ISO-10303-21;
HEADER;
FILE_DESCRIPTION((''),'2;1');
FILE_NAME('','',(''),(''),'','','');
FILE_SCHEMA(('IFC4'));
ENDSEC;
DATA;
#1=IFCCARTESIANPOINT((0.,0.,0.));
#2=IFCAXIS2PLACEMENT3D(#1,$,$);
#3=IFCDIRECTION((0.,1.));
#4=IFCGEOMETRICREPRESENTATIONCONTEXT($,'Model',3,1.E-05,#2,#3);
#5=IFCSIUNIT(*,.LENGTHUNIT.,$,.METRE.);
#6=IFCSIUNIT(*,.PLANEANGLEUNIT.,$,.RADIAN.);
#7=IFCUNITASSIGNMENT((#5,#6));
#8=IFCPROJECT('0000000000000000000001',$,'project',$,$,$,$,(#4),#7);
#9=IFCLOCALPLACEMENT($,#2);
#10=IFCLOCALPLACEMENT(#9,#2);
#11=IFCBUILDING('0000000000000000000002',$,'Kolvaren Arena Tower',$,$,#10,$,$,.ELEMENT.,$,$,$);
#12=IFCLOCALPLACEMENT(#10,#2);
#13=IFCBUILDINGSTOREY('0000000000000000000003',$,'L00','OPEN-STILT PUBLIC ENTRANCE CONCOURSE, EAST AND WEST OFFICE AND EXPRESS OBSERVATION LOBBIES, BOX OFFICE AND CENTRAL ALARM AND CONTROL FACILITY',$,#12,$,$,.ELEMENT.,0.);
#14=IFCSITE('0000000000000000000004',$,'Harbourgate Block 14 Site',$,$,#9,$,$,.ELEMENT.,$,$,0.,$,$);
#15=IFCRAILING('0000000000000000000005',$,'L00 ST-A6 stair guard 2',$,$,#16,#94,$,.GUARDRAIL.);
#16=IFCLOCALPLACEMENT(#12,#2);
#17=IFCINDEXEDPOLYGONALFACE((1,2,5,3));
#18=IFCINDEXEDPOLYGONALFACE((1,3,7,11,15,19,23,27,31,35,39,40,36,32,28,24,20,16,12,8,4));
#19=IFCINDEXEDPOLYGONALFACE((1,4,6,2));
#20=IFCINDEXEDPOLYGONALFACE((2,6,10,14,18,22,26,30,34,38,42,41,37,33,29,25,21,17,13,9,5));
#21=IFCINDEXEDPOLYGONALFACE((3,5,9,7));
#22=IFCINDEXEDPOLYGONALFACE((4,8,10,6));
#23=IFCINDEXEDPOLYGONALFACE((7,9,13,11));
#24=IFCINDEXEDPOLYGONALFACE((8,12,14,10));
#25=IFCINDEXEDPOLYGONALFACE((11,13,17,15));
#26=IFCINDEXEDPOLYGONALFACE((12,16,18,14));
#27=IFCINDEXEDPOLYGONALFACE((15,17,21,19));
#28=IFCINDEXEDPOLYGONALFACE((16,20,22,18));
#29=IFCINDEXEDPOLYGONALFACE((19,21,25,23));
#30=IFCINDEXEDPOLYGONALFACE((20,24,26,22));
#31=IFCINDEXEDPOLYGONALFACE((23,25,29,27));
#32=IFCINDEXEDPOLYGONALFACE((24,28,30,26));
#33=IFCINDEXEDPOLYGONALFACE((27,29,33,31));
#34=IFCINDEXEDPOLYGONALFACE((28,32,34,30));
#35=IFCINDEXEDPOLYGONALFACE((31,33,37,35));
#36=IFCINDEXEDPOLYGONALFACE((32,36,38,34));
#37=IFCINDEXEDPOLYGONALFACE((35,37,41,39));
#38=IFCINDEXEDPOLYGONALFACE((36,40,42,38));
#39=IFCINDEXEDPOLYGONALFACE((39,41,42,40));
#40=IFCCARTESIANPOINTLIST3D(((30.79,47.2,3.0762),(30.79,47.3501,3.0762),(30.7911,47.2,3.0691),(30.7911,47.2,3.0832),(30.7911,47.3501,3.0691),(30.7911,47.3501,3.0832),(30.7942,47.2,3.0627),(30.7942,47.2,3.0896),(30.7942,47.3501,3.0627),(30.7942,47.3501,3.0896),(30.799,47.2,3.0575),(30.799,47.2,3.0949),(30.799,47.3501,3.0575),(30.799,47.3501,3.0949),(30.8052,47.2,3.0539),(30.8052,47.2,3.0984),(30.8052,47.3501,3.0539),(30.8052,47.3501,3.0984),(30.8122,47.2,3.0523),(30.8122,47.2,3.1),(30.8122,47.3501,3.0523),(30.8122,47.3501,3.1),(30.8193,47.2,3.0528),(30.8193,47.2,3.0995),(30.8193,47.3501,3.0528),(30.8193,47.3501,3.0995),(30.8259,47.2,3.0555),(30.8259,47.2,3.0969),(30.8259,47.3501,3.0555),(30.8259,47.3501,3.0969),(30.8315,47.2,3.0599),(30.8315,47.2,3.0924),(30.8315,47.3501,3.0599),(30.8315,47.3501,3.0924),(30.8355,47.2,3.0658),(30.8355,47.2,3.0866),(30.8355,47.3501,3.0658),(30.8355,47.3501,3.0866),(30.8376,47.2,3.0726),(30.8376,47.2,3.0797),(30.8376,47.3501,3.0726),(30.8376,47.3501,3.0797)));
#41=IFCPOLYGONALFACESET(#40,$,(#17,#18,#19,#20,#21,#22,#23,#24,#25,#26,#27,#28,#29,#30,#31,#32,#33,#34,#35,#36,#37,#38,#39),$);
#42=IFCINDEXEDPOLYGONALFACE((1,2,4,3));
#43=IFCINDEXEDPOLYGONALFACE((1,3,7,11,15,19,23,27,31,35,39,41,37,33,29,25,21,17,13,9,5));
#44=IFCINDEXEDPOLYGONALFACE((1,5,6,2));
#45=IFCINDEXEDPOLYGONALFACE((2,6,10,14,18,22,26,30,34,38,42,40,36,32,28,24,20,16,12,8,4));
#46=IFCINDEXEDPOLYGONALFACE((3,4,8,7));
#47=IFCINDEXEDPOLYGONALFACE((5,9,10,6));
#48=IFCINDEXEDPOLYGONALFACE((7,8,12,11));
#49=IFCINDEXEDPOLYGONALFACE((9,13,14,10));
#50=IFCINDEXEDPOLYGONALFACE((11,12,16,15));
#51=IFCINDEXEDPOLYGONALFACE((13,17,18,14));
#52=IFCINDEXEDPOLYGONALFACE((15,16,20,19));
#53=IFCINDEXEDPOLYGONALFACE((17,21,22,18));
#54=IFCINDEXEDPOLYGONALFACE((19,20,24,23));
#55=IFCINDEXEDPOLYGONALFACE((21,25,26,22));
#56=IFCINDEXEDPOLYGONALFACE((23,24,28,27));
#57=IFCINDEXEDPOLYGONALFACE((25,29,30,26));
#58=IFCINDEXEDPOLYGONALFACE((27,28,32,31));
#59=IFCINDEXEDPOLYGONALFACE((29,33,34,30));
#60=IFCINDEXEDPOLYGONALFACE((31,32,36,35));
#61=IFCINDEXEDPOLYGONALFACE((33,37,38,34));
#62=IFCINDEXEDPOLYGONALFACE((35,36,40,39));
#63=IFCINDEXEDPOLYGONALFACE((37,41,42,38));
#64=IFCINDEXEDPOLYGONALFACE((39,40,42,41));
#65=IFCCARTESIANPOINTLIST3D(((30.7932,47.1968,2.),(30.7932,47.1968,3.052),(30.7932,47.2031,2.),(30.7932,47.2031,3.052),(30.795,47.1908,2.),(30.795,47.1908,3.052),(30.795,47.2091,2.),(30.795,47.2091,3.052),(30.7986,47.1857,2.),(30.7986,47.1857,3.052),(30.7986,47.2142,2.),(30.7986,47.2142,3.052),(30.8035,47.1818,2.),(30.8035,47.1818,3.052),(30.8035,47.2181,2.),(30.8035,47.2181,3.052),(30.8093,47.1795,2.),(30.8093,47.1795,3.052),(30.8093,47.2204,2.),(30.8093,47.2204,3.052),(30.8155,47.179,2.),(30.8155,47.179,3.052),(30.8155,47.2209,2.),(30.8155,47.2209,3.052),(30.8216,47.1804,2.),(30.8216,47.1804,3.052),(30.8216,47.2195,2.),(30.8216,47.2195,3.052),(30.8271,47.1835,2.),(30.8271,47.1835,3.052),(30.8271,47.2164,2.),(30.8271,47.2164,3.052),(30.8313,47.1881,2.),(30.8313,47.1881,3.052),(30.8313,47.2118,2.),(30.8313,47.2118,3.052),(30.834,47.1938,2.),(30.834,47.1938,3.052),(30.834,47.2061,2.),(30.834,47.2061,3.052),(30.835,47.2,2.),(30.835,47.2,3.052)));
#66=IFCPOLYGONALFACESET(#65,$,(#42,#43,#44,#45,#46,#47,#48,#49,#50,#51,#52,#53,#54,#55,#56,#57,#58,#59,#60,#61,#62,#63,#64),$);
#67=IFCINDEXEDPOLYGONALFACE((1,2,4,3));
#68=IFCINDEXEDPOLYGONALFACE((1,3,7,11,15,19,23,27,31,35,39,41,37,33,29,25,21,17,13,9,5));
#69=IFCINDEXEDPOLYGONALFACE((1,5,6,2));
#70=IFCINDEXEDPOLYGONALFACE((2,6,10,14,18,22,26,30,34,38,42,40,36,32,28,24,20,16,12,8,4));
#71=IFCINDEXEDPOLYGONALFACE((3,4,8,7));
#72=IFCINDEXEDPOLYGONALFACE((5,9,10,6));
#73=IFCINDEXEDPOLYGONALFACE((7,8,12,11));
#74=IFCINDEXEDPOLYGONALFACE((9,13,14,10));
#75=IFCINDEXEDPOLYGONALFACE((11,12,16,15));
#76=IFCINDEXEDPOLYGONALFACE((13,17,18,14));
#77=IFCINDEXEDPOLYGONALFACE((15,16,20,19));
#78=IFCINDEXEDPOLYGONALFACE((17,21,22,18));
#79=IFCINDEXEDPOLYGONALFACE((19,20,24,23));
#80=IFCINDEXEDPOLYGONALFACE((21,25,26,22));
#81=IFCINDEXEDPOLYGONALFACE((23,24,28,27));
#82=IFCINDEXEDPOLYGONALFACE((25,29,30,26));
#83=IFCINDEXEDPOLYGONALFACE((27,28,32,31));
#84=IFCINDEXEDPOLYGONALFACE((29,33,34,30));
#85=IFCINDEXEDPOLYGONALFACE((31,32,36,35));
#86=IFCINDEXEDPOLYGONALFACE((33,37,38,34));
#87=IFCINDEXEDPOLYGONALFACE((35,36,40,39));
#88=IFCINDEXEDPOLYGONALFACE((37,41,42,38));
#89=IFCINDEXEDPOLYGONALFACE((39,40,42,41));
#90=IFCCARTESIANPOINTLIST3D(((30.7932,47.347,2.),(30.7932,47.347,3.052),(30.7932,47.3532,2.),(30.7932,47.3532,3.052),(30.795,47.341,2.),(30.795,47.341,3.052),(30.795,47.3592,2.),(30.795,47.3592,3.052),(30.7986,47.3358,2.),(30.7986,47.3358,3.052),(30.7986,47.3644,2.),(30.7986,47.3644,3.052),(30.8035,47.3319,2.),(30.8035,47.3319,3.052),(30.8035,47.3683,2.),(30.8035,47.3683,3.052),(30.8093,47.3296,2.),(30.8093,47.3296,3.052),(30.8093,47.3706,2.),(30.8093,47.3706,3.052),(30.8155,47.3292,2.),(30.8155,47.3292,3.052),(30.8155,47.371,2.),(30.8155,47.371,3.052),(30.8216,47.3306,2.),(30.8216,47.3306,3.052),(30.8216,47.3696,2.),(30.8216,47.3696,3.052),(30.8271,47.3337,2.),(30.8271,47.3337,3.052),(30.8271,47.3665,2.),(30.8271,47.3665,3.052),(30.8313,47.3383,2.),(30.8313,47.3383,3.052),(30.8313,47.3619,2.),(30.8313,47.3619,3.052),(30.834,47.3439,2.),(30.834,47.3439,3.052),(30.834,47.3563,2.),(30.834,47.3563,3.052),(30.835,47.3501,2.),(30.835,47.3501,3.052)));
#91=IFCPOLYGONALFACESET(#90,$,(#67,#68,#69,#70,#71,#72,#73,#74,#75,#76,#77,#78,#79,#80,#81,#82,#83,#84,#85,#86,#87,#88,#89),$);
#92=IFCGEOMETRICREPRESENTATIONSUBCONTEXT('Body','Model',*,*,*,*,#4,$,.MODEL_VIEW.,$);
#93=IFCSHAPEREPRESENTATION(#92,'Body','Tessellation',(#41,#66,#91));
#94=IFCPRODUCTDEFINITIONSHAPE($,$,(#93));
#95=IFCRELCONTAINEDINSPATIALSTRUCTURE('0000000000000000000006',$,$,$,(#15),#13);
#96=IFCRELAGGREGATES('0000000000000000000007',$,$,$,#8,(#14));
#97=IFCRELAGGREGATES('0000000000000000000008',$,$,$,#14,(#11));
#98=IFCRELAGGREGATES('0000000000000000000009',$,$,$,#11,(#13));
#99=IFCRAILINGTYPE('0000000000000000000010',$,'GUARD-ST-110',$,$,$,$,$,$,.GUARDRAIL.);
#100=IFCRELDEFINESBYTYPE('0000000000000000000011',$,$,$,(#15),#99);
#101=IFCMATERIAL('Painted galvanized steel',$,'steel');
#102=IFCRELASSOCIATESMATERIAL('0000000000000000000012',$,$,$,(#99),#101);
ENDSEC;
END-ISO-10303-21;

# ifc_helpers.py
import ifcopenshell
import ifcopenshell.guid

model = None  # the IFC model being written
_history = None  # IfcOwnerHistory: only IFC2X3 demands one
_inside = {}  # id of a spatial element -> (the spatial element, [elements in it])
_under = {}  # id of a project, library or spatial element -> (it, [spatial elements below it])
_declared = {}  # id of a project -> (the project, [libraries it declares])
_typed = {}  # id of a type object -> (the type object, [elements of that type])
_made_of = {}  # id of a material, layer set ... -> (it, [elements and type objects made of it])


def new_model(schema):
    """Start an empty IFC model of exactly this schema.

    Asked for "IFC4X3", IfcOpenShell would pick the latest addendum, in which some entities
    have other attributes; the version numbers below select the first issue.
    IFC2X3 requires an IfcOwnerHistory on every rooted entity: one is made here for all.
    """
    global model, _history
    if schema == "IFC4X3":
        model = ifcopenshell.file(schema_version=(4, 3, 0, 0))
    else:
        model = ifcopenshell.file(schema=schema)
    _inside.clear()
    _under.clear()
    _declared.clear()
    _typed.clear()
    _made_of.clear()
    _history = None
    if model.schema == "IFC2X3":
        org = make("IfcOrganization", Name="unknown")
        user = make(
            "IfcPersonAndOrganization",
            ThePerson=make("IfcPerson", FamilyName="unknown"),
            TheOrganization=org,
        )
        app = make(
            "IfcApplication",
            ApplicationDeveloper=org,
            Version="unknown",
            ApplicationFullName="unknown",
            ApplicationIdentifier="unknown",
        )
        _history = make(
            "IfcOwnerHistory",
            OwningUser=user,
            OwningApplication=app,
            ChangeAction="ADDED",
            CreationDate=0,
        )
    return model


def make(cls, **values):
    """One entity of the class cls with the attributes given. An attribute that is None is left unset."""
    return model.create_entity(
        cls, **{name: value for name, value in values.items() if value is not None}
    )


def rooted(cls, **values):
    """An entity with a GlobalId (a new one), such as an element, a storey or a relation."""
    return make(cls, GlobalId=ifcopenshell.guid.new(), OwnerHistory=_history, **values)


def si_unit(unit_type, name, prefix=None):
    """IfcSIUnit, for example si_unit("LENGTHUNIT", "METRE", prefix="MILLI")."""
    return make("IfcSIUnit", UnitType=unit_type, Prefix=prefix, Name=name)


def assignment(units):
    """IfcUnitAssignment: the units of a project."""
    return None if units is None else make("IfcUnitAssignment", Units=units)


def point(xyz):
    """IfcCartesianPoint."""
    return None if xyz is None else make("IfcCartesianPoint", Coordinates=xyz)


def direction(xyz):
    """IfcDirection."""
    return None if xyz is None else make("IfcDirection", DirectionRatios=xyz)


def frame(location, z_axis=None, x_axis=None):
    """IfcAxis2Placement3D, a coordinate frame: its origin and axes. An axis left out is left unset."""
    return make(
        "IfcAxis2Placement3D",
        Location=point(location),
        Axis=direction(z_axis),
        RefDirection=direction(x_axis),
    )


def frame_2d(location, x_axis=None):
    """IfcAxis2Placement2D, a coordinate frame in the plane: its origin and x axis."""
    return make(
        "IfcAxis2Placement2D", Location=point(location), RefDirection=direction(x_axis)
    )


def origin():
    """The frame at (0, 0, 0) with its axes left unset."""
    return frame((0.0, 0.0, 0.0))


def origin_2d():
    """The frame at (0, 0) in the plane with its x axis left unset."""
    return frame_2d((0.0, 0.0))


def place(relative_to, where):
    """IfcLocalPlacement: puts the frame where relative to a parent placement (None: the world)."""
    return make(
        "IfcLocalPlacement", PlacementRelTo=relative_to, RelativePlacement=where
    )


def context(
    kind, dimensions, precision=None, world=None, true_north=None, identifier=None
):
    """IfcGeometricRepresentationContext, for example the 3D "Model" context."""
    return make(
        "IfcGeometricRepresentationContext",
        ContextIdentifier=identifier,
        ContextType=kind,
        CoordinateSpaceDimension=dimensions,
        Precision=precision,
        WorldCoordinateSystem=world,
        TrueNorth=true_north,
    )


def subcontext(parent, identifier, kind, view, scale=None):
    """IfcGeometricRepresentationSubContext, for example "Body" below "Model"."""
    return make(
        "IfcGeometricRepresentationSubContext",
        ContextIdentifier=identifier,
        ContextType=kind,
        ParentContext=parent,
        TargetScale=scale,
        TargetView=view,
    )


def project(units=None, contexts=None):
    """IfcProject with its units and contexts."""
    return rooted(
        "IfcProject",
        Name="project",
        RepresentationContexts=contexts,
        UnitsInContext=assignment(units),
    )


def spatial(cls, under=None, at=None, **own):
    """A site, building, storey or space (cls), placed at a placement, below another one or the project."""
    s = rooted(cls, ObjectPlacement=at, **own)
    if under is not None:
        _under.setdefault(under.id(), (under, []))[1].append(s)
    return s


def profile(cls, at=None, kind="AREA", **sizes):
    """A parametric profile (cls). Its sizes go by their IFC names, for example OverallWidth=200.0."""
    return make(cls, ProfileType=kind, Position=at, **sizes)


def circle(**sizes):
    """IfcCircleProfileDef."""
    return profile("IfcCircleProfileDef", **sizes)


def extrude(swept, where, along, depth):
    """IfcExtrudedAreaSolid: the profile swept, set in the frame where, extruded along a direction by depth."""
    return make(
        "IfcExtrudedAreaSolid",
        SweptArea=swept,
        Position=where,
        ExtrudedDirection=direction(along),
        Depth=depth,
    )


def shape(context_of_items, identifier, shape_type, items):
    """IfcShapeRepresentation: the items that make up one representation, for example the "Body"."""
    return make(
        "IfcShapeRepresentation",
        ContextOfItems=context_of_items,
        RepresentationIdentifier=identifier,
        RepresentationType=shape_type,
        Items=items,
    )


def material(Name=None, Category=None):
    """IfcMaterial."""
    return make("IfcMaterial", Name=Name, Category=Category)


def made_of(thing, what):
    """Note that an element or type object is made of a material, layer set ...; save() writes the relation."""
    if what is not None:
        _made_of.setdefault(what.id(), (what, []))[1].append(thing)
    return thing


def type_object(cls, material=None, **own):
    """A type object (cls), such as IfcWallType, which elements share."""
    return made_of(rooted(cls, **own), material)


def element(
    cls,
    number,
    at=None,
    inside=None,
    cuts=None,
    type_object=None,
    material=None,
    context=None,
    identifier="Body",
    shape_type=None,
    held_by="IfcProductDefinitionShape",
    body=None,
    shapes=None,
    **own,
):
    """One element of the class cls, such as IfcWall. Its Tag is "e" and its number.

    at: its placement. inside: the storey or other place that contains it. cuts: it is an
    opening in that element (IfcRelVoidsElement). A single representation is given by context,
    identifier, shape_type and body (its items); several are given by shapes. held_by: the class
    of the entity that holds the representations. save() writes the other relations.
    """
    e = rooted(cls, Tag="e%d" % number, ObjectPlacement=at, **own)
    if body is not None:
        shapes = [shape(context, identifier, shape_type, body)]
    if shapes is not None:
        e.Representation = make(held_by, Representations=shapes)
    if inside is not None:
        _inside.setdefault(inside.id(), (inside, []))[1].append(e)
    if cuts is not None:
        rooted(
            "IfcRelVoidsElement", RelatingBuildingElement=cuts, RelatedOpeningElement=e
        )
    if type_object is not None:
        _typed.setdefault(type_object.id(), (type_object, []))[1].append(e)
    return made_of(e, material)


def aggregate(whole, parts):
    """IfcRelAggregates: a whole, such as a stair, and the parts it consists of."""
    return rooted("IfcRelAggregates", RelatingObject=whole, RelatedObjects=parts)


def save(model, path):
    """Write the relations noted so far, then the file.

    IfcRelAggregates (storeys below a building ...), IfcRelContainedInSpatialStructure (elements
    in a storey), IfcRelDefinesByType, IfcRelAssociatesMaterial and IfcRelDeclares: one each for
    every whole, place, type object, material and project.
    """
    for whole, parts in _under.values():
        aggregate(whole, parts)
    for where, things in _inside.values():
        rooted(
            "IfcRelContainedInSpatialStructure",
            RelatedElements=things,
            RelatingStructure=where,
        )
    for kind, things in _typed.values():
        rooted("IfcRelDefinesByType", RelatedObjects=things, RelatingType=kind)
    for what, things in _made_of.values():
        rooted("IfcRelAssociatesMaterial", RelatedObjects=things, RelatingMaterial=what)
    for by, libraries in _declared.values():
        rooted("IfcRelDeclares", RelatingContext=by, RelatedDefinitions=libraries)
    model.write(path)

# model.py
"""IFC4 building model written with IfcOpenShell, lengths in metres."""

from ifc_helpers import new_model, si_unit, direction, frame, origin, origin_2d, place, context, subcontext, project, spatial, circle, extrude, material, type_object, element, save


model = new_model("IFC4")

# Units and contexts
model_context = context("Model", 3, precision=1e-05, world=origin(), true_north=direction((0.0, 1.0)))
body_context = subcontext(model_context, "Body", "Model", "MODEL_VIEW")
ifc_project = project(units=[si_unit("LENGTHUNIT", "METRE"), si_unit("PLANEANGLEUNIT", "RADIAN")], contexts=[model_context])

# Site, building, storey
site_placement = place(None, origin())
site = spatial("IfcSite", under=ifc_project, at=site_placement, Name="Harbourgate Block 14 Site", CompositionType="ELEMENT", RefElevation=0.0)
building_placement = place(site_placement, origin())
building = spatial("IfcBuilding", under=site, at=building_placement, Name="Kolvaren Arena Tower", CompositionType="ELEMENT")
storey_placement = place(building_placement, origin())
storey = spatial("IfcBuildingStorey", under=building, at=storey_placement, Name="L00", Description="OPEN-STILT PUBLIC ENTRANCE CONCOURSE, EAST AND WEST OFFICE AND EXPRESS OBSERVATION LOBBIES, BOX OFFICE AND CENTRAL ALARM AND CONTROL FACILITY", CompositionType="ELEMENT", Elevation=0.0)

# Railing
ifc_material_1 = material(Name="Painted galvanized steel", Category="steel")
railing_type_1 = type_object("IfcRailingType", Name="GUARD-ST-110", PredefinedType="GUARDRAIL", material=ifc_material_1)
railing_1_placement = place(storey_placement, frame((30.814, 47.2, 2.0)))
element("IfcRailing", 1, at=railing_1_placement, inside=storey, type_object=railing_type_1, Name="L00 ST-A6 stair guard 2", PredefinedType="GUARDRAIL", context=body_context, shape_type="SweptSolid", body=[
    extrude(circle(Radius=0.0239, at=origin_2d()), frame((0.0, 0.0, 1.0762), z_axis=(0.0, 1.0, 0.0), x_axis=(-1.0, 0.0, 0.0)), (0.0, 0.0, 1.0), 0.1501),
    extrude(circle(Radius=0.021, at=origin_2d()), origin(), (0.0, 0.0, 1.0), 1.052),
    extrude(circle(Radius=0.021, at=origin_2d()), frame((0.0, 0.1501, 0.0)), (0.0, 0.0, 1.0), 1.052),
])

save(model, "model.ifc")
